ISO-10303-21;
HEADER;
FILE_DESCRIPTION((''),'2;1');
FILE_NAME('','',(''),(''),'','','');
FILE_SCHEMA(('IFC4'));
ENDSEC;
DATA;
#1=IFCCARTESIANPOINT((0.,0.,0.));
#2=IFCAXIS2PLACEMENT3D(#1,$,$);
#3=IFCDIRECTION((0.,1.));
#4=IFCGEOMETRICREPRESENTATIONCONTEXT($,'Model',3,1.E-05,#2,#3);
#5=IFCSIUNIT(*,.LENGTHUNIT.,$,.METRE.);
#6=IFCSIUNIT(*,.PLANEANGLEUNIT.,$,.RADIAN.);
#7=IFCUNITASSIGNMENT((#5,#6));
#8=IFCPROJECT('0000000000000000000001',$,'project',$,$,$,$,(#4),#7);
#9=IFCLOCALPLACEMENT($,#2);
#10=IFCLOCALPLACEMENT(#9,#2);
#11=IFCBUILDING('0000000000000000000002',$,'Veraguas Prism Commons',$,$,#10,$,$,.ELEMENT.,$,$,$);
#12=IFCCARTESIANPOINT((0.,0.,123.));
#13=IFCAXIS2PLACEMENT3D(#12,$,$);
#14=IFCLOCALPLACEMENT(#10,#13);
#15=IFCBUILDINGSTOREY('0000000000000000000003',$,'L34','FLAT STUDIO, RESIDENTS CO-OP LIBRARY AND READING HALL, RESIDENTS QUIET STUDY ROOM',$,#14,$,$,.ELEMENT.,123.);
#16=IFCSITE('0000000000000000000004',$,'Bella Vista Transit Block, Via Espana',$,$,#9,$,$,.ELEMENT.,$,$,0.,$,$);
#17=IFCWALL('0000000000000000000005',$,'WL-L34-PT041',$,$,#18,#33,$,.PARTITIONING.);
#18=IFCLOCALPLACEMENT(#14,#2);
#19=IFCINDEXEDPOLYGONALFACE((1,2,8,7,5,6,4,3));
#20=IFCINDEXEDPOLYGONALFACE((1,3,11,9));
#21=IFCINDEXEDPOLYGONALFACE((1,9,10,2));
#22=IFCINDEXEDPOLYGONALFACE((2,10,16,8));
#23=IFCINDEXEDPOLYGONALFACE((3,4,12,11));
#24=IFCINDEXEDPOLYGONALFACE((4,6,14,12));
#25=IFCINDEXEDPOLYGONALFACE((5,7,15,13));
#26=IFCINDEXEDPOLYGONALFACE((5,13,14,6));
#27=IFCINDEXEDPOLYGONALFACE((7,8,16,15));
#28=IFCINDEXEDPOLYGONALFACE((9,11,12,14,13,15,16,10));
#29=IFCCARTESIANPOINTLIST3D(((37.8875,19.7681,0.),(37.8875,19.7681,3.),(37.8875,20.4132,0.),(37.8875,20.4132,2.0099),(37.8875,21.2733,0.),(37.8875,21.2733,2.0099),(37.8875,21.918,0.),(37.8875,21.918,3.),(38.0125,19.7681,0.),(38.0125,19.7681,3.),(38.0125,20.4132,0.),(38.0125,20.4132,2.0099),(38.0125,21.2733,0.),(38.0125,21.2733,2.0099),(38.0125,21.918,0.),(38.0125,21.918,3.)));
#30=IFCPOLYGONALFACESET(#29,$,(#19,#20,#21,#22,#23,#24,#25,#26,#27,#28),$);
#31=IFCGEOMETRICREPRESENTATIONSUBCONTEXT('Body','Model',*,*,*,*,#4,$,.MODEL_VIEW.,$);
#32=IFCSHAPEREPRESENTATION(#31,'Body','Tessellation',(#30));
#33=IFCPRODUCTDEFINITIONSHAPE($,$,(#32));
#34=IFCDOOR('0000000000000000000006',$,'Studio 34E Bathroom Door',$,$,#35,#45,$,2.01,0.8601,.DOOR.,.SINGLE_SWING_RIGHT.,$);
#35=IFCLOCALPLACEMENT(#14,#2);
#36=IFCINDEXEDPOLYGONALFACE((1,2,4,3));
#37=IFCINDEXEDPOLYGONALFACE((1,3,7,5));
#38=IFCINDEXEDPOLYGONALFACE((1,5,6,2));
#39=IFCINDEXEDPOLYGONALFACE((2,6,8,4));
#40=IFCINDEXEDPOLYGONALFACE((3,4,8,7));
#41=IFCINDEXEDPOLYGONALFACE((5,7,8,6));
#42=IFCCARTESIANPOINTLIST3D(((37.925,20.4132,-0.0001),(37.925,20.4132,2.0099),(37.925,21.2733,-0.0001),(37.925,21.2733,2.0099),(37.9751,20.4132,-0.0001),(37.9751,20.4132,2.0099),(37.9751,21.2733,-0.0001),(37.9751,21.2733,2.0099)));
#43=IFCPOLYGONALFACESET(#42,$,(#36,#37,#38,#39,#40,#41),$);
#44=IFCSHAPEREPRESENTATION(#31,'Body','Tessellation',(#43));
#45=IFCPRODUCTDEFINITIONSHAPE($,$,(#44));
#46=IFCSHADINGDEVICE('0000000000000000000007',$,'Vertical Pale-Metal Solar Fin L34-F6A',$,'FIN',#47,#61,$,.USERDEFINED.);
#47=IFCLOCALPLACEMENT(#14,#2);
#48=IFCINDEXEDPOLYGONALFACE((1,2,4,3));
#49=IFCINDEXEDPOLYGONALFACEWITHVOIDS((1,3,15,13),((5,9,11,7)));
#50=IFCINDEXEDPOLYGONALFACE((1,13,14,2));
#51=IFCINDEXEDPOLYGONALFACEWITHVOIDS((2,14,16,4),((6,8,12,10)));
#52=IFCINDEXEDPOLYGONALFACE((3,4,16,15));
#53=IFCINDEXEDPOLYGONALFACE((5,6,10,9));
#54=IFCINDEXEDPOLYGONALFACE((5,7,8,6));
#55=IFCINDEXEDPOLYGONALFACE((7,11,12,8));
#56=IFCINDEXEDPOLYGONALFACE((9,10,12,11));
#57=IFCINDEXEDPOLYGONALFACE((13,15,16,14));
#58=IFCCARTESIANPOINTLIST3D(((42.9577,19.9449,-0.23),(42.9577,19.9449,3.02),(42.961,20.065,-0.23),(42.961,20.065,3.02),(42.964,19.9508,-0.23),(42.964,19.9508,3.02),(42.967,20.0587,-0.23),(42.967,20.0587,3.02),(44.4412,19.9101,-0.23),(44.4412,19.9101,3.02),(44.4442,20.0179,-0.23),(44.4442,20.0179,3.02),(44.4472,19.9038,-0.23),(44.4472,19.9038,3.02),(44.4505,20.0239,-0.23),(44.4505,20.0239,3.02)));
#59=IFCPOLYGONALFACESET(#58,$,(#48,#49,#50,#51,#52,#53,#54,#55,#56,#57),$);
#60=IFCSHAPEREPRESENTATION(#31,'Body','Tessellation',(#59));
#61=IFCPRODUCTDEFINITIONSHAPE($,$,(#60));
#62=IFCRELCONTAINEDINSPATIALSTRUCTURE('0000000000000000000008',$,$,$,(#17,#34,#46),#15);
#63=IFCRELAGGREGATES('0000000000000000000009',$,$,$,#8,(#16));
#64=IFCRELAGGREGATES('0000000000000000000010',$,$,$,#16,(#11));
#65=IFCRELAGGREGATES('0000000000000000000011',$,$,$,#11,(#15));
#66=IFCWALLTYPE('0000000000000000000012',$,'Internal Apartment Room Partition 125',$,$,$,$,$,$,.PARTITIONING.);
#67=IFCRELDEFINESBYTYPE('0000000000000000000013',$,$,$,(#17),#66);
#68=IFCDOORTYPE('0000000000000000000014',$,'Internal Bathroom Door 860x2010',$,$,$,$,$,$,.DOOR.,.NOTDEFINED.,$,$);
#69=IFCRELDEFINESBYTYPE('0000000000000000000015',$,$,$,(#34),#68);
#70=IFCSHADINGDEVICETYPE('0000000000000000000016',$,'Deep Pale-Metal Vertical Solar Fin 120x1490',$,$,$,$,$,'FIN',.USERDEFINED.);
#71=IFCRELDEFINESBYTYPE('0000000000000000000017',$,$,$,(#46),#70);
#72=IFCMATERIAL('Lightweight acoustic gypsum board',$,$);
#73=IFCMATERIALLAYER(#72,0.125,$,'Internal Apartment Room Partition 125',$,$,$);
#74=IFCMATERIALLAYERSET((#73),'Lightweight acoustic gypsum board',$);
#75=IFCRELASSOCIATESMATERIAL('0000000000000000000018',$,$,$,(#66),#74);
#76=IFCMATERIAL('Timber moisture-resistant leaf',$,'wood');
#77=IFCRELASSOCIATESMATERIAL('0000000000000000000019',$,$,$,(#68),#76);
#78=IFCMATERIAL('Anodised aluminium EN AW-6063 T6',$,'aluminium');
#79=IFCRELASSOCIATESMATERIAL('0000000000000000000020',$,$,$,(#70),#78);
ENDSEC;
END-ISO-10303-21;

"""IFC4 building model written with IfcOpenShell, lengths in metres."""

from ifc_helpers import new_model, si_unit, direction, frame, frame_2d, origin, origin_2d, place, context, subcontext, project, spatial, rectangle, hollow_rectangle, extrude, source, transform, mapped, material, layer, layer_set, material_profile, profile_set, type_object, element, fill, save


model = new_model("IFC4")

# Units and contexts
model_context = context("Model", 3, precision=1e-05, world=origin(), true_north=direction((0.0, 1.0)))
body_context = subcontext(model_context, "Body", "Model", "MODEL_VIEW")
ifc_project = project(units=[si_unit("LENGTHUNIT", "METRE"), si_unit("PLANEANGLEUNIT", "RADIAN")], contexts=[model_context])

# Site, building, storey
site_placement = place(None, origin())
site = spatial("IfcSite", under=ifc_project, at=site_placement, Name="Bella Vista Transit Block, Via Espana", CompositionType="ELEMENT", RefElevation=0.0)
building_placement = place(site_placement, origin())
building = spatial("IfcBuilding", under=site, at=building_placement, Name="Veraguas Prism Commons", CompositionType="ELEMENT")
storey_placement = place(building_placement, frame((0.0, 0.0, 123.0)))
storey = spatial("IfcBuildingStorey", under=building, at=storey_placement, Name="L34", Description="FLAT STUDIO, RESIDENTS CO-OP LIBRARY AND READING HALL, RESIDENTS QUIET STUDY ROOM", CompositionType="ELEMENT", Elevation=123.0)

# Shared definitions
ifc_material_1 = material(Name="Anodised aluminium EN AW-6063 T6", Category="aluminium")

# Wall, opening, door
ifc_material_2 = material(Name="Lightweight acoustic gypsum board")
ifc_layer_1 = layer(ifc_material_2, 0.125, Name="Internal Apartment Room Partition 125")
ifc_layer_set_1 = layer_set([ifc_layer_1], Name="Lightweight acoustic gypsum board")
wall_type_1 = type_object("IfcWallType", Name="Internal Apartment Room Partition 125", PredefinedType="PARTITIONING", material=ifc_layer_set_1)
wall_1_placement = place(storey_placement, frame((37.95, 19.7681, 0.0), z_axis=(0.0, 0.0, 1.0), x_axis=(0.0, 1.0, 0.0)))
wall_1 = element("IfcWall", 1, at=wall_1_placement, inside=storey, type_object=wall_type_1, Name="WL-L34-PT041", PredefinedType="PARTITIONING", context=body_context, shape_type="SweptSolid", body=[
    extrude(rectangle(XDim=2.1499, YDim=0.125, at=frame_2d((1.075, 0.0))), origin(), (0.0, 0.0, 1.0), 3.0),
])
opening_1_placement = place(wall_1_placement, frame((0.645, 0.0, 0.0)))
opening_1 = element("IfcOpeningElement", 2, at=opening_1_placement, cuts=wall_1, PredefinedType="OPENING", context=body_context, shape_type="SweptSolid", body=[
    extrude(rectangle(XDim=0.8601, YDim=2.01, at=frame_2d((0.4302, 1.0049))), frame((0.0, 0.0725, 0.0), z_axis=(0.0, -1.0, 0.0), x_axis=(1.0, 0.0, 0.0)), (0.0, 0.0, 1.0), 0.145),
])
ifc_material_3 = material(Name="Timber moisture-resistant leaf", Category="wood")
door_type_1 = type_object("IfcDoorType", Name="Internal Bathroom Door 860x2010", OperationType="NOTDEFINED", PredefinedType="DOOR", material=ifc_material_3)
shared_shape_1 = source(origin(), body_context, "Body", "SweptSolid", [
    extrude(rectangle(XDim=0.8601, YDim=2.01, at=frame_2d((0.4302, 1.0049))), frame((0.0, 0.0249, 0.0), z_axis=(0.0, -1.0, 0.0), x_axis=(1.0, 0.0, 0.0)), (0.0, 0.0, 1.0), 0.05),
])
door_1_placement = place(opening_1_placement, origin())
door_1 = element("IfcDoor", 3, at=door_1_placement, inside=storey, type_object=door_type_1, Name="Studio 34E Bathroom Door", OperationType="SINGLE_SWING_RIGHT", OverallHeight=2.01, OverallWidth=0.8601, PredefinedType="DOOR", context=body_context, shape_type="MappedRepresentation", body=[
    mapped(shared_shape_1, transform((0.0, 0.0, 0.0), scale=1.0)),
])
fill(opening_1, door_1)

# Shading device
ifc_material_profile_1 = material_profile(ifc_material_1, hollow_rectangle(XDim=0.1201, YDim=1.49, WallThickness=0.0061, at=origin_2d()), Name="FIN120X1490X6")
ifc_profile_set_1 = profile_set([ifc_material_profile_1], Name="Anodised aluminium EN AW-6063 T6")
shading_device_type = type_object("IfcShadingDeviceType", Name="Deep Pale-Metal Vertical Solar Fin 120x1490", ElementType="FIN", PredefinedType="USERDEFINED", material=ifc_profile_set_1)
shading_device_placement = place(storey_placement, frame((43.7041, 19.9844, -0.23), z_axis=(0.0, 0.0, 1.0), x_axis=(0.027573, 0.99962, 0.0)))
element("IfcShadingDevice", 4, at=shading_device_placement, inside=storey, type_object=shading_device_type, Name="Vertical Pale-Metal Solar Fin L34-F6A", ObjectType="FIN", PredefinedType="USERDEFINED", context=body_context, shape_type="SweptSolid", body=[
    extrude(hollow_rectangle(XDim=0.1201, YDim=1.49, WallThickness=0.0061, at=origin_2d()), origin(), (0.0, 0.0, 1.0), 3.25),
])

save(model, "model.ifc")
